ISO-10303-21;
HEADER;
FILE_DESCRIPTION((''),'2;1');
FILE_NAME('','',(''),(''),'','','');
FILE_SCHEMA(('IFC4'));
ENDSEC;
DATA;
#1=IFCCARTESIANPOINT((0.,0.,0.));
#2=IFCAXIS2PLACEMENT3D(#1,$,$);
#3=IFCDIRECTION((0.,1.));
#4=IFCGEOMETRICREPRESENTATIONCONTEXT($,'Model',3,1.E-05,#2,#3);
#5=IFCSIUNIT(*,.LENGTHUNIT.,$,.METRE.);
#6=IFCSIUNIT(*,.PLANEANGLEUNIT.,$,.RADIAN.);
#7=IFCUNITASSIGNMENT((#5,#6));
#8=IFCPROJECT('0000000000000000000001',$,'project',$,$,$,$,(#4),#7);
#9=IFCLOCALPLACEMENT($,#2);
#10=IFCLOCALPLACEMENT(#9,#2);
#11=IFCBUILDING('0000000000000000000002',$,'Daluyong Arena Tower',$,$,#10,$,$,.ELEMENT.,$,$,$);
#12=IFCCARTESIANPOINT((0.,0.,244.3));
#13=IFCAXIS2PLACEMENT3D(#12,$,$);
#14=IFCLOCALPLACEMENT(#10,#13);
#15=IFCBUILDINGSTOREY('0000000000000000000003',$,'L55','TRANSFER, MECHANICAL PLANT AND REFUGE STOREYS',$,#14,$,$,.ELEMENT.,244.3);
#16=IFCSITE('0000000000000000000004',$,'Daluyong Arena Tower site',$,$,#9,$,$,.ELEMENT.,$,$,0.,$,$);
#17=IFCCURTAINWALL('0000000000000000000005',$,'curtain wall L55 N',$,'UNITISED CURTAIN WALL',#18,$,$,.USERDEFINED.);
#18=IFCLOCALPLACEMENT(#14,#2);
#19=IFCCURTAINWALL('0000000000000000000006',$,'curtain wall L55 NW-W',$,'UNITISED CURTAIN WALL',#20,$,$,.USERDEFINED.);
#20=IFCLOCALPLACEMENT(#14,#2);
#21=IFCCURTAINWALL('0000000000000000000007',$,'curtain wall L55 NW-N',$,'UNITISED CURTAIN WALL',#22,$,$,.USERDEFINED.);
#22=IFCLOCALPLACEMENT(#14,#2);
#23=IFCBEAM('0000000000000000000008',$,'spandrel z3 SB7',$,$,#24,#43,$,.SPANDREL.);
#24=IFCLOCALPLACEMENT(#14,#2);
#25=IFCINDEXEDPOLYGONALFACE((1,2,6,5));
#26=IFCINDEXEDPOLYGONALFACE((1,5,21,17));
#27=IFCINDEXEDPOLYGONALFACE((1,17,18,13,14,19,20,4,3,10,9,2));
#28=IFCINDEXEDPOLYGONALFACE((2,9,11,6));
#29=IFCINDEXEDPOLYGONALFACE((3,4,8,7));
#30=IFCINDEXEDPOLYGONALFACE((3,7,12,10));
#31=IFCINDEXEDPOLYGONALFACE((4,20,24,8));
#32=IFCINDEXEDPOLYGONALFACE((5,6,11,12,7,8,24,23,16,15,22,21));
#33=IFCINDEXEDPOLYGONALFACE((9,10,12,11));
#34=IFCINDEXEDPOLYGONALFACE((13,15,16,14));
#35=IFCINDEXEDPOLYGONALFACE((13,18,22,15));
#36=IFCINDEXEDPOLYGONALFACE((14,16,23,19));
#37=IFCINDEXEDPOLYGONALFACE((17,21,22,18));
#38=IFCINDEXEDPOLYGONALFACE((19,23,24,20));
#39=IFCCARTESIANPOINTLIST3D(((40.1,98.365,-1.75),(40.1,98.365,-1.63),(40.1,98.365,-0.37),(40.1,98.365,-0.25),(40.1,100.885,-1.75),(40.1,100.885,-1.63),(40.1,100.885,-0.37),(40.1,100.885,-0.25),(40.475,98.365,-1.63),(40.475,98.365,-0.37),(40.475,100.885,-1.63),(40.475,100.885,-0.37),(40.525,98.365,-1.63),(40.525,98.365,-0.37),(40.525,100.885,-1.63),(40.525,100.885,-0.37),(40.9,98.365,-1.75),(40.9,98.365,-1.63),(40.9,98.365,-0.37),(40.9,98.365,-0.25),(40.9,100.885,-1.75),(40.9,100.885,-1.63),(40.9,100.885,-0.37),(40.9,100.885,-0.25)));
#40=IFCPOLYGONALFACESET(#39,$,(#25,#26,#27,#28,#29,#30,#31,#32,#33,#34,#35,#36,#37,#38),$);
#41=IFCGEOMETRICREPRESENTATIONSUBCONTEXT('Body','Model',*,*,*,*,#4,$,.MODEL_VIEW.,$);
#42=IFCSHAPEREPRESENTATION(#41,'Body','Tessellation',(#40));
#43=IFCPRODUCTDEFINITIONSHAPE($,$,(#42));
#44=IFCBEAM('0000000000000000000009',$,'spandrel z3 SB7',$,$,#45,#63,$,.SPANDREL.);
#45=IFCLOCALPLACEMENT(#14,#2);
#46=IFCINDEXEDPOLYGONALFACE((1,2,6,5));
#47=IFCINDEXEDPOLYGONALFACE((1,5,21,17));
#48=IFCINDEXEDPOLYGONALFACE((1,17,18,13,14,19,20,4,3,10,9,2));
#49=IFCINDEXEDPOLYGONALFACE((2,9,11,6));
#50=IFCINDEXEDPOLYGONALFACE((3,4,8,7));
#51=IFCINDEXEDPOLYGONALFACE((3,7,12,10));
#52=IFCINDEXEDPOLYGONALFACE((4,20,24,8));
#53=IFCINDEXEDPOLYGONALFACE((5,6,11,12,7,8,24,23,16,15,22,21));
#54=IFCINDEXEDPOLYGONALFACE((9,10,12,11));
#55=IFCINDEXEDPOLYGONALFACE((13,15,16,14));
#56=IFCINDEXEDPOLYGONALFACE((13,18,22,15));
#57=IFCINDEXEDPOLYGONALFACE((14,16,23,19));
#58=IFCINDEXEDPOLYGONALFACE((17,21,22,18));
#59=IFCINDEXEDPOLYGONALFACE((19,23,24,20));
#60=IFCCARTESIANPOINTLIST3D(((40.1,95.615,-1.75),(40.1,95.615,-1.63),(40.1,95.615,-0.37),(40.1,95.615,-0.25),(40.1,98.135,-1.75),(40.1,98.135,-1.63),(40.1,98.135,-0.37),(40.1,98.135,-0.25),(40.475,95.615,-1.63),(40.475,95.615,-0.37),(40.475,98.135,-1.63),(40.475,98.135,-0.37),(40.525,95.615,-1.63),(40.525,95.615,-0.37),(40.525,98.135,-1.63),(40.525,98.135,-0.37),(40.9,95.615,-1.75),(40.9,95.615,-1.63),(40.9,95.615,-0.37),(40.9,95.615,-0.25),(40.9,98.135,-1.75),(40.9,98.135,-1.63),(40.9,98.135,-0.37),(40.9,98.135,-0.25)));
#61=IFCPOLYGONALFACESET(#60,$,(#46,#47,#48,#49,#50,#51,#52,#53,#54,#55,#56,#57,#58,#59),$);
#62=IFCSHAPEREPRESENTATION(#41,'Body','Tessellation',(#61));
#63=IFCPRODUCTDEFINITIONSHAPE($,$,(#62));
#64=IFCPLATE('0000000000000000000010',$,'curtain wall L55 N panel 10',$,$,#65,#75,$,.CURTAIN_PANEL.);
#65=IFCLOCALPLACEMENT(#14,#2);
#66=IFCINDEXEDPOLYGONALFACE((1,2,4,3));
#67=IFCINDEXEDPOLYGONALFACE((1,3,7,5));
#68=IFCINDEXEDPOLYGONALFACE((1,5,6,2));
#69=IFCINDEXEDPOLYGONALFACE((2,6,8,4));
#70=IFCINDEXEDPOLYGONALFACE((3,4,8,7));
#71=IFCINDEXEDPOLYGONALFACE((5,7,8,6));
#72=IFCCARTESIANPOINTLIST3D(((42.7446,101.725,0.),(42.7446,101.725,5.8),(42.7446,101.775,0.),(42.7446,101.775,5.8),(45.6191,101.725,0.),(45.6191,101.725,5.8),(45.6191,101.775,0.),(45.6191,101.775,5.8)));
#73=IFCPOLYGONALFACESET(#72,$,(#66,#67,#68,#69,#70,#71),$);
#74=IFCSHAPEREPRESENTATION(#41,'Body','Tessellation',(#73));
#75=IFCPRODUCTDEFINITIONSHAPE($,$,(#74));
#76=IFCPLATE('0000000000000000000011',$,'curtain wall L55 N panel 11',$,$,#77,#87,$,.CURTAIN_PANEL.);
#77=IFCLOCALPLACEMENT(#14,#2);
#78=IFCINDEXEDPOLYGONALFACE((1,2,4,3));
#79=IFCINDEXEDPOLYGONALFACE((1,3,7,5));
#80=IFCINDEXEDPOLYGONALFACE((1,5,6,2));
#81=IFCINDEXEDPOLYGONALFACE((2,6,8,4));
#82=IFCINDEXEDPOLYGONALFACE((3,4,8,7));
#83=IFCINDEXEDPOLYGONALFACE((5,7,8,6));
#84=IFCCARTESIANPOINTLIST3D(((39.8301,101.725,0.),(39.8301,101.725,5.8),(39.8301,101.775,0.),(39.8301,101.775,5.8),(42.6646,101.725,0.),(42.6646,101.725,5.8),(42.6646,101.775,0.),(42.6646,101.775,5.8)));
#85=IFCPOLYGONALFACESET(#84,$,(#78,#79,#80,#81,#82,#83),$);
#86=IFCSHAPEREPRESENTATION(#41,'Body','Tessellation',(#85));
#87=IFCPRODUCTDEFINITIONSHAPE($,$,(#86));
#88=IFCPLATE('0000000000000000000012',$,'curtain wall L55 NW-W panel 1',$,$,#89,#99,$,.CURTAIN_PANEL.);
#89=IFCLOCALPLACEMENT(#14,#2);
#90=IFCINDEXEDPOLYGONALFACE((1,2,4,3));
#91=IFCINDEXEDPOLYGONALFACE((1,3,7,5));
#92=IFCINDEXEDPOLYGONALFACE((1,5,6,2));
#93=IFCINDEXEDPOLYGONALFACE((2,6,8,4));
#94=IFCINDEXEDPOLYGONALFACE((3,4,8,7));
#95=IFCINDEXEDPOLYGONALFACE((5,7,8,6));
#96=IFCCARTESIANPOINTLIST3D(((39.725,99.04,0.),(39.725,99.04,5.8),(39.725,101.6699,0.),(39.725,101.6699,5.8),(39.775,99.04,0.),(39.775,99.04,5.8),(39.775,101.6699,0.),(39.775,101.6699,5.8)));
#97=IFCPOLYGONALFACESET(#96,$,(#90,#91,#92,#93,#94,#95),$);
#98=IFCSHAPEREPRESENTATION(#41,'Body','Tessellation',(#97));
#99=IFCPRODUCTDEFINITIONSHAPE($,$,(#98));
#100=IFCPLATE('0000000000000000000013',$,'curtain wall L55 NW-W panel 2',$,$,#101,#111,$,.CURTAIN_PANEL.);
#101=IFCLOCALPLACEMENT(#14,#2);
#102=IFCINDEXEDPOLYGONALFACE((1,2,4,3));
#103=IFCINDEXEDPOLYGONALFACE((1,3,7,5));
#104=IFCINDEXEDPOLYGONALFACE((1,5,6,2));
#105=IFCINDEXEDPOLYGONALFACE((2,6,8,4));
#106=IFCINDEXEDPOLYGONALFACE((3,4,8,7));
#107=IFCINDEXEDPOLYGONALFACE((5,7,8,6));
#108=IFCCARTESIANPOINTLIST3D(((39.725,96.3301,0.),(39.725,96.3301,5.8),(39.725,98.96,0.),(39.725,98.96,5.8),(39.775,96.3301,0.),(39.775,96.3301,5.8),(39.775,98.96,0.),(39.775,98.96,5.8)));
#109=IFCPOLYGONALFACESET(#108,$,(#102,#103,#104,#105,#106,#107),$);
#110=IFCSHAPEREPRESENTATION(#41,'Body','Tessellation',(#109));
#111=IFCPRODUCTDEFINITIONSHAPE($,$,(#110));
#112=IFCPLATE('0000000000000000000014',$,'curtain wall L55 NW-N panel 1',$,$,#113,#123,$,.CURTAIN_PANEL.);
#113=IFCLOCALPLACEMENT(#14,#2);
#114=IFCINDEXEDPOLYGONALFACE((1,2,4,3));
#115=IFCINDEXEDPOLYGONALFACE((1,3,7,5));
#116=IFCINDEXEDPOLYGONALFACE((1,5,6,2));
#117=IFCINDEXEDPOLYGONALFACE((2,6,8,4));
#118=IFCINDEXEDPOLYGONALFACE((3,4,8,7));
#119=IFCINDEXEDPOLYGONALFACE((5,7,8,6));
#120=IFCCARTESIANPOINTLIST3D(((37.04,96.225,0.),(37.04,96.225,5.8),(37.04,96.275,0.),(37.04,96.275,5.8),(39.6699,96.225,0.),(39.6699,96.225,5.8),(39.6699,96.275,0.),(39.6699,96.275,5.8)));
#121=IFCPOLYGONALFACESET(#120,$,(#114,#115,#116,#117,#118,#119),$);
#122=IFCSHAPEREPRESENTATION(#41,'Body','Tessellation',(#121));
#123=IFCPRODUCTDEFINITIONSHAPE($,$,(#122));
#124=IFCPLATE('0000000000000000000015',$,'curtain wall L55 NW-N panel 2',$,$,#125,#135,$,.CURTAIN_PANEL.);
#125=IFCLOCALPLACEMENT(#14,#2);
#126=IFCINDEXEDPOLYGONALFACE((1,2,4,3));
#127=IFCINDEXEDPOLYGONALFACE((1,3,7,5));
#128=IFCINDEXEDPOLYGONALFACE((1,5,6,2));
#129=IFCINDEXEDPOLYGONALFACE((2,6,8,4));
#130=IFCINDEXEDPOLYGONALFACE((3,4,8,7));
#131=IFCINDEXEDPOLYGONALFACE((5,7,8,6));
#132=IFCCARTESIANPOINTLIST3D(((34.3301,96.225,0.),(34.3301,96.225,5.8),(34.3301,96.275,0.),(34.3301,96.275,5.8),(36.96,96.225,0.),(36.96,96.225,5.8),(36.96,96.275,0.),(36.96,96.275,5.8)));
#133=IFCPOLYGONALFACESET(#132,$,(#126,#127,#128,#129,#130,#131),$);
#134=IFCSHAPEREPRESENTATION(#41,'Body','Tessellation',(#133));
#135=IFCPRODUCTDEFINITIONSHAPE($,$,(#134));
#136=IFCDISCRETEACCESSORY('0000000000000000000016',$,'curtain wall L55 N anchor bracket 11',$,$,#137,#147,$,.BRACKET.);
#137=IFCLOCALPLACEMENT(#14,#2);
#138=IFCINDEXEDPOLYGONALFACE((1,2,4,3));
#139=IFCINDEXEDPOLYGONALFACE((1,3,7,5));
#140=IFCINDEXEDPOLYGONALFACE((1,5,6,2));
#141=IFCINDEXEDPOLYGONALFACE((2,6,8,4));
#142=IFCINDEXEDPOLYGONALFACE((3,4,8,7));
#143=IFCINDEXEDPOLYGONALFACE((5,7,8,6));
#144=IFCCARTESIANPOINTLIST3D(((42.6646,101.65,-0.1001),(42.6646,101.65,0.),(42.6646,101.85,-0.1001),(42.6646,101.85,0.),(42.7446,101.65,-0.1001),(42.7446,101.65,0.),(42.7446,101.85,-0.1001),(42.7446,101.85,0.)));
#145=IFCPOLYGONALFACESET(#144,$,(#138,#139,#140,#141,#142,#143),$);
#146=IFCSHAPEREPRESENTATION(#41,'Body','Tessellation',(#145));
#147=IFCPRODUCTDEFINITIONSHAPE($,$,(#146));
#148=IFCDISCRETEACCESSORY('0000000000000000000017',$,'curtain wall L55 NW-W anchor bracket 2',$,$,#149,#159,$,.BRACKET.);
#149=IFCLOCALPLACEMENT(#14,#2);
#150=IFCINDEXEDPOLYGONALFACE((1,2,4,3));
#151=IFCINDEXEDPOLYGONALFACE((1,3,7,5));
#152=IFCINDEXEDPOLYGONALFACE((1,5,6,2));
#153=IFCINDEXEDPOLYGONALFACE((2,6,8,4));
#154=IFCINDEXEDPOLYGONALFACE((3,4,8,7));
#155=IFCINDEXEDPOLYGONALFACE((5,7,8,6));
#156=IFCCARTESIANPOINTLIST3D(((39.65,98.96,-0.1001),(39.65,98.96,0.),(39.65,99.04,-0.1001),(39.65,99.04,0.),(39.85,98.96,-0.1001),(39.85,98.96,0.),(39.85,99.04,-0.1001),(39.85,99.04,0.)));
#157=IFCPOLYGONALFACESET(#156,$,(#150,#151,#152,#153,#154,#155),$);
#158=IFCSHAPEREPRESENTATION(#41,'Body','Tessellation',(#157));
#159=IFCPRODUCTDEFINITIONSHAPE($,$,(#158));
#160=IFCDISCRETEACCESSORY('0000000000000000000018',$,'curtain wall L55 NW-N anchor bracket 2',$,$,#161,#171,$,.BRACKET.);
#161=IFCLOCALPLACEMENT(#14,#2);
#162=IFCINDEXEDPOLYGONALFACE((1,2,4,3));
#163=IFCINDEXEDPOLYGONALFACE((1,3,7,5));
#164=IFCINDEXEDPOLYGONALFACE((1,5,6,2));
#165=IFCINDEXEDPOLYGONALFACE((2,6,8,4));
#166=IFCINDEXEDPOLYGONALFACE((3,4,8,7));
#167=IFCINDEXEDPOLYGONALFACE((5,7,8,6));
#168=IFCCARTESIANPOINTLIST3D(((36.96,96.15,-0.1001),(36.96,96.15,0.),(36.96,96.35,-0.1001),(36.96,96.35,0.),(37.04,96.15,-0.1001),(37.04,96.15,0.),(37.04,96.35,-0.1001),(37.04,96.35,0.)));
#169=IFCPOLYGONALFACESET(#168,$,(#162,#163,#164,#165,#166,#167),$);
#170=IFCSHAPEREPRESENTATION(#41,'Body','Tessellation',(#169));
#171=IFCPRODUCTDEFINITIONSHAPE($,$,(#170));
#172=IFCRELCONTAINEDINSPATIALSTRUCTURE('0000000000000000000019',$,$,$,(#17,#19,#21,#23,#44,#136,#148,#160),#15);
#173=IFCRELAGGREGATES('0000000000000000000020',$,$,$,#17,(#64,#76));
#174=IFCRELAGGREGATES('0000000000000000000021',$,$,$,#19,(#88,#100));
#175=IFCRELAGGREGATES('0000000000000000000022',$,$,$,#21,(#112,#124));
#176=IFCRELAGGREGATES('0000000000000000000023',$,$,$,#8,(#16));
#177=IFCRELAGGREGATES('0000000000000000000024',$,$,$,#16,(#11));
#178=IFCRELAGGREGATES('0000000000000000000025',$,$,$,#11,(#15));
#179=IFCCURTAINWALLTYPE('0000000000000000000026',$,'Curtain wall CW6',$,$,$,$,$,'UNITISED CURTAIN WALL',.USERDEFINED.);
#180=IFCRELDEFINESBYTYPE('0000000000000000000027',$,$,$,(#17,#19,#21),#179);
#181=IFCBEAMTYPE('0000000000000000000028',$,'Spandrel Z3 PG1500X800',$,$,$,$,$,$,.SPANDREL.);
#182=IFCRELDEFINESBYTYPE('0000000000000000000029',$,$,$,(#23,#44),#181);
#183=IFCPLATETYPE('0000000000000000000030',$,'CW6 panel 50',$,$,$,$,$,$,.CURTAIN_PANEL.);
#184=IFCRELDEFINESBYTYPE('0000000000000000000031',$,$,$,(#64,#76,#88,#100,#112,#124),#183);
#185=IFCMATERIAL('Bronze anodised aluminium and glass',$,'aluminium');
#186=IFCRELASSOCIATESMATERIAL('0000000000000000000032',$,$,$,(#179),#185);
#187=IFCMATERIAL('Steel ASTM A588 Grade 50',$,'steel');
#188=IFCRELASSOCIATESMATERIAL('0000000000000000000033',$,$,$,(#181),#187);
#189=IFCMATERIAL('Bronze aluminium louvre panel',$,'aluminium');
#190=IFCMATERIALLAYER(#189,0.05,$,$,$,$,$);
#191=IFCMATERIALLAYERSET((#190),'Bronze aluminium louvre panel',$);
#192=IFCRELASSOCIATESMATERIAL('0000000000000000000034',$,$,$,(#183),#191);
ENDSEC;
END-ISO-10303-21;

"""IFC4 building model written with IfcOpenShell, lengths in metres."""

from ifc_helpers import new_model, si_unit, direction, frame, origin, origin_2d, place, context, subcontext, project, spatial, rectangle, i_section, extrude, material, layer, layer_set, material_profile, profile_set, type_object, element, aggregate, save


model = new_model("IFC4")

# Units and contexts
model_context = context("Model", 3, precision=1e-05, world=origin(), true_north=direction((0.0, 1.0)))
body_context = subcontext(model_context, "Body", "Model", "MODEL_VIEW")
ifc_project = project(units=[si_unit("LENGTHUNIT", "METRE"), si_unit("PLANEANGLEUNIT", "RADIAN")], contexts=[model_context])

# Site, building, storey
site_placement = place(None, origin())
site = spatial("IfcSite", under=ifc_project, at=site_placement, Name="Daluyong Arena Tower site", CompositionType="ELEMENT", RefElevation=0.0)
building_placement = place(site_placement, origin())
building = spatial("IfcBuilding", under=site, at=building_placement, Name="Daluyong Arena Tower", CompositionType="ELEMENT")
storey_placement = place(building_placement, frame((0.0, 0.0, 244.3)))
storey = spatial("IfcBuildingStorey", under=building, at=storey_placement, Name="L55", Description="TRANSFER, MECHANICAL PLANT AND REFUGE STOREYS", CompositionType="ELEMENT", Elevation=244.3)

# Curtain walls
ifc_material_1 = material(Name="Bronze anodised aluminium and glass", Category="aluminium")
curtain_wall_type = type_object("IfcCurtainWallType", Name="Curtain wall CW6", ElementType="UNITISED CURTAIN WALL", PredefinedType="USERDEFINED", material=ifc_material_1)
curtain_wall_1_placement = place(storey_placement, origin())
curtain_wall_1 = element("IfcCurtainWall", 1, at=curtain_wall_1_placement, inside=storey, type_object=curtain_wall_type, Name="curtain wall L55 N", ObjectType="UNITISED CURTAIN WALL", PredefinedType="USERDEFINED")
curtain_wall_2_placement = place(storey_placement, origin())
curtain_wall_2 = element("IfcCurtainWall", 2, at=curtain_wall_2_placement, inside=storey, type_object=curtain_wall_type, Name="curtain wall L55 NW-W", ObjectType="UNITISED CURTAIN WALL", PredefinedType="USERDEFINED")
curtain_wall_3_placement = place(storey_placement, origin())
curtain_wall_3 = element("IfcCurtainWall", 3, at=curtain_wall_3_placement, inside=storey, type_object=curtain_wall_type, Name="curtain wall L55 NW-N", ObjectType="UNITISED CURTAIN WALL", PredefinedType="USERDEFINED")

# Beams
ifc_material_2 = material(Name="Steel ASTM A588 Grade 50", Category="steel")
ifc_material_profile_1 = material_profile(ifc_material_2, i_section(OverallWidth=0.8, OverallDepth=1.5, WebThickness=0.05, FlangeThickness=0.12, at=origin_2d()))
ifc_profile_set_1 = profile_set([ifc_material_profile_1], Name="Steel ASTM A588 Grade 50")
beam_type_1 = type_object("IfcBeamType", Name="Spandrel Z3 PG1500X800", PredefinedType="SPANDREL", material=ifc_profile_set_1)
for number, where, z_axis, x_axis, name in (
    (4, (40.5, 100.885, -1.0), (0.0, -1.0, 0.0), (1.0, 0.0, 0.0), "spandrel z3 SB7"),
    (5, (40.5, 98.135, -1.0), (0.0, -1.0, 0.0), (1.0, 0.0, 0.0), "spandrel z3 SB7"),
):
    element("IfcBeam", number, at=place(storey_placement, frame(where, z_axis=z_axis, x_axis=x_axis)), inside=storey, type_object=beam_type_1, Name=name, PredefinedType="SPANDREL", context=body_context, shape_type="SweptSolid", body=[
        extrude(i_section(OverallWidth=0.8, OverallDepth=1.5, WebThickness=0.05, FlangeThickness=0.12, at=origin_2d()), origin(), (0.0, 0.0, 1.0), 2.52),
    ])

# Plates
ifc_material_3 = material(Name="Bronze aluminium louvre panel", Category="aluminium")
ifc_layer = layer(ifc_material_3, 0.05)
ifc_layer_set = layer_set([ifc_layer], Name="Bronze aluminium louvre panel")
plate_type = type_object("IfcPlateType", Name="CW6 panel 50", PredefinedType="CURTAIN_PANEL", material=ifc_layer_set)
plate_1_placement = place(storey_placement, frame((44.1819, 101.75, 0.0), z_axis=(0.0, 0.0, 1.0), x_axis=(-1.0, 0.0, 0.0)))
plate_1 = element("IfcPlate", 6, at=plate_1_placement, type_object=plate_type, Name="curtain wall L55 N panel 10", PredefinedType="CURTAIN_PANEL", context=body_context, shape_type="SweptSolid", body=[
    extrude(rectangle(XDim=2.8745, YDim=0.05, at=origin_2d()), origin(), (0.0, 0.0, 1.0), 5.8),
])
plate_2_placement = place(storey_placement, frame((41.2473, 101.75, 0.0), z_axis=(0.0, 0.0, 1.0), x_axis=(-1.0, 0.0, 0.0)))
plate_2 = element("IfcPlate", 7, at=plate_2_placement, type_object=plate_type, Name="curtain wall L55 N panel 11", PredefinedType="CURTAIN_PANEL", context=body_context, shape_type="SweptSolid", body=[
    extrude(rectangle(XDim=2.8345, YDim=0.05, at=origin_2d()), origin(), (0.0, 0.0, 1.0), 5.8),
])
aggregate(curtain_wall_1, [plate_1, plate_2])
plate_3_placement = place(storey_placement, frame((39.75, 100.355, 0.0), z_axis=(0.0, 0.0, 1.0), x_axis=(0.0, -1.0, 0.0)))
plate_3 = element("IfcPlate", 8, at=plate_3_placement, type_object=plate_type, Name="curtain wall L55 NW-W panel 1", PredefinedType="CURTAIN_PANEL", context=body_context, shape_type="SweptSolid", body=[
    extrude(rectangle(XDim=2.6299, YDim=0.05, at=origin_2d()), origin(), (0.0, 0.0, 1.0), 5.8),
])
plate_4_placement = place(storey_placement, frame((39.75, 97.645, 0.0), z_axis=(0.0, 0.0, 1.0), x_axis=(0.0, -1.0, 0.0)))
plate_4 = element("IfcPlate", 9, at=plate_4_placement, type_object=plate_type, Name="curtain wall L55 NW-W panel 2", PredefinedType="CURTAIN_PANEL", context=body_context, shape_type="SweptSolid", body=[
    extrude(rectangle(XDim=2.6299, YDim=0.05, at=origin_2d()), origin(), (0.0, 0.0, 1.0), 5.8),
])
aggregate(curtain_wall_2, [plate_3, plate_4])
plate_5_placement = place(storey_placement, frame((38.355, 96.25, 0.0), z_axis=(0.0, 0.0, 1.0), x_axis=(-1.0, 0.0, 0.0)))
plate_5 = element("IfcPlate", 10, at=plate_5_placement, type_object=plate_type, Name="curtain wall L55 NW-N panel 1", PredefinedType="CURTAIN_PANEL", context=body_context, shape_type="SweptSolid", body=[
    extrude(rectangle(XDim=2.6299, YDim=0.05, at=origin_2d()), origin(), (0.0, 0.0, 1.0), 5.8),
])
plate_6_placement = place(storey_placement, frame((35.645, 96.25, 0.0), z_axis=(0.0, 0.0, 1.0), x_axis=(-1.0, 0.0, 0.0)))
plate_6 = element("IfcPlate", 11, at=plate_6_placement, type_object=plate_type, Name="curtain wall L55 NW-N panel 2", PredefinedType="CURTAIN_PANEL", context=body_context, shape_type="SweptSolid", body=[
    extrude(rectangle(XDim=2.6299, YDim=0.05, at=origin_2d()), origin(), (0.0, 0.0, 1.0), 5.8),
])
aggregate(curtain_wall_3, [plate_5, plate_6])

# Discrete accessories
for number, where, z_axis, x_axis, name in (
    (12, (42.7046, 101.75, -0.1001), (0.0, 0.0, 1.0), (-1.0, 0.0, 0.0), "curtain wall L55 N anchor bracket 11"),
    (13, (39.75, 99.0, -0.1001), (0.0, 0.0, 1.0), (0.0, -1.0, 0.0), "curtain wall L55 NW-W anchor bracket 2"),
    (14, (37.0, 96.25, -0.1001), (0.0, 0.0, 1.0), (-1.0, 0.0, 0.0), "curtain wall L55 NW-N anchor bracket 2"),
):
    element("IfcDiscreteAccessory", number, at=place(storey_placement, frame(where, z_axis=z_axis, x_axis=x_axis)), inside=storey, Name=name, PredefinedType="BRACKET", context=body_context, shape_type="SweptSolid", body=[
        extrude(rectangle(XDim=0.0801, YDim=0.2, at=origin_2d()), origin(), (0.0, 0.0, 1.0), 0.1001),
    ])

save(model, "model.ifc")
